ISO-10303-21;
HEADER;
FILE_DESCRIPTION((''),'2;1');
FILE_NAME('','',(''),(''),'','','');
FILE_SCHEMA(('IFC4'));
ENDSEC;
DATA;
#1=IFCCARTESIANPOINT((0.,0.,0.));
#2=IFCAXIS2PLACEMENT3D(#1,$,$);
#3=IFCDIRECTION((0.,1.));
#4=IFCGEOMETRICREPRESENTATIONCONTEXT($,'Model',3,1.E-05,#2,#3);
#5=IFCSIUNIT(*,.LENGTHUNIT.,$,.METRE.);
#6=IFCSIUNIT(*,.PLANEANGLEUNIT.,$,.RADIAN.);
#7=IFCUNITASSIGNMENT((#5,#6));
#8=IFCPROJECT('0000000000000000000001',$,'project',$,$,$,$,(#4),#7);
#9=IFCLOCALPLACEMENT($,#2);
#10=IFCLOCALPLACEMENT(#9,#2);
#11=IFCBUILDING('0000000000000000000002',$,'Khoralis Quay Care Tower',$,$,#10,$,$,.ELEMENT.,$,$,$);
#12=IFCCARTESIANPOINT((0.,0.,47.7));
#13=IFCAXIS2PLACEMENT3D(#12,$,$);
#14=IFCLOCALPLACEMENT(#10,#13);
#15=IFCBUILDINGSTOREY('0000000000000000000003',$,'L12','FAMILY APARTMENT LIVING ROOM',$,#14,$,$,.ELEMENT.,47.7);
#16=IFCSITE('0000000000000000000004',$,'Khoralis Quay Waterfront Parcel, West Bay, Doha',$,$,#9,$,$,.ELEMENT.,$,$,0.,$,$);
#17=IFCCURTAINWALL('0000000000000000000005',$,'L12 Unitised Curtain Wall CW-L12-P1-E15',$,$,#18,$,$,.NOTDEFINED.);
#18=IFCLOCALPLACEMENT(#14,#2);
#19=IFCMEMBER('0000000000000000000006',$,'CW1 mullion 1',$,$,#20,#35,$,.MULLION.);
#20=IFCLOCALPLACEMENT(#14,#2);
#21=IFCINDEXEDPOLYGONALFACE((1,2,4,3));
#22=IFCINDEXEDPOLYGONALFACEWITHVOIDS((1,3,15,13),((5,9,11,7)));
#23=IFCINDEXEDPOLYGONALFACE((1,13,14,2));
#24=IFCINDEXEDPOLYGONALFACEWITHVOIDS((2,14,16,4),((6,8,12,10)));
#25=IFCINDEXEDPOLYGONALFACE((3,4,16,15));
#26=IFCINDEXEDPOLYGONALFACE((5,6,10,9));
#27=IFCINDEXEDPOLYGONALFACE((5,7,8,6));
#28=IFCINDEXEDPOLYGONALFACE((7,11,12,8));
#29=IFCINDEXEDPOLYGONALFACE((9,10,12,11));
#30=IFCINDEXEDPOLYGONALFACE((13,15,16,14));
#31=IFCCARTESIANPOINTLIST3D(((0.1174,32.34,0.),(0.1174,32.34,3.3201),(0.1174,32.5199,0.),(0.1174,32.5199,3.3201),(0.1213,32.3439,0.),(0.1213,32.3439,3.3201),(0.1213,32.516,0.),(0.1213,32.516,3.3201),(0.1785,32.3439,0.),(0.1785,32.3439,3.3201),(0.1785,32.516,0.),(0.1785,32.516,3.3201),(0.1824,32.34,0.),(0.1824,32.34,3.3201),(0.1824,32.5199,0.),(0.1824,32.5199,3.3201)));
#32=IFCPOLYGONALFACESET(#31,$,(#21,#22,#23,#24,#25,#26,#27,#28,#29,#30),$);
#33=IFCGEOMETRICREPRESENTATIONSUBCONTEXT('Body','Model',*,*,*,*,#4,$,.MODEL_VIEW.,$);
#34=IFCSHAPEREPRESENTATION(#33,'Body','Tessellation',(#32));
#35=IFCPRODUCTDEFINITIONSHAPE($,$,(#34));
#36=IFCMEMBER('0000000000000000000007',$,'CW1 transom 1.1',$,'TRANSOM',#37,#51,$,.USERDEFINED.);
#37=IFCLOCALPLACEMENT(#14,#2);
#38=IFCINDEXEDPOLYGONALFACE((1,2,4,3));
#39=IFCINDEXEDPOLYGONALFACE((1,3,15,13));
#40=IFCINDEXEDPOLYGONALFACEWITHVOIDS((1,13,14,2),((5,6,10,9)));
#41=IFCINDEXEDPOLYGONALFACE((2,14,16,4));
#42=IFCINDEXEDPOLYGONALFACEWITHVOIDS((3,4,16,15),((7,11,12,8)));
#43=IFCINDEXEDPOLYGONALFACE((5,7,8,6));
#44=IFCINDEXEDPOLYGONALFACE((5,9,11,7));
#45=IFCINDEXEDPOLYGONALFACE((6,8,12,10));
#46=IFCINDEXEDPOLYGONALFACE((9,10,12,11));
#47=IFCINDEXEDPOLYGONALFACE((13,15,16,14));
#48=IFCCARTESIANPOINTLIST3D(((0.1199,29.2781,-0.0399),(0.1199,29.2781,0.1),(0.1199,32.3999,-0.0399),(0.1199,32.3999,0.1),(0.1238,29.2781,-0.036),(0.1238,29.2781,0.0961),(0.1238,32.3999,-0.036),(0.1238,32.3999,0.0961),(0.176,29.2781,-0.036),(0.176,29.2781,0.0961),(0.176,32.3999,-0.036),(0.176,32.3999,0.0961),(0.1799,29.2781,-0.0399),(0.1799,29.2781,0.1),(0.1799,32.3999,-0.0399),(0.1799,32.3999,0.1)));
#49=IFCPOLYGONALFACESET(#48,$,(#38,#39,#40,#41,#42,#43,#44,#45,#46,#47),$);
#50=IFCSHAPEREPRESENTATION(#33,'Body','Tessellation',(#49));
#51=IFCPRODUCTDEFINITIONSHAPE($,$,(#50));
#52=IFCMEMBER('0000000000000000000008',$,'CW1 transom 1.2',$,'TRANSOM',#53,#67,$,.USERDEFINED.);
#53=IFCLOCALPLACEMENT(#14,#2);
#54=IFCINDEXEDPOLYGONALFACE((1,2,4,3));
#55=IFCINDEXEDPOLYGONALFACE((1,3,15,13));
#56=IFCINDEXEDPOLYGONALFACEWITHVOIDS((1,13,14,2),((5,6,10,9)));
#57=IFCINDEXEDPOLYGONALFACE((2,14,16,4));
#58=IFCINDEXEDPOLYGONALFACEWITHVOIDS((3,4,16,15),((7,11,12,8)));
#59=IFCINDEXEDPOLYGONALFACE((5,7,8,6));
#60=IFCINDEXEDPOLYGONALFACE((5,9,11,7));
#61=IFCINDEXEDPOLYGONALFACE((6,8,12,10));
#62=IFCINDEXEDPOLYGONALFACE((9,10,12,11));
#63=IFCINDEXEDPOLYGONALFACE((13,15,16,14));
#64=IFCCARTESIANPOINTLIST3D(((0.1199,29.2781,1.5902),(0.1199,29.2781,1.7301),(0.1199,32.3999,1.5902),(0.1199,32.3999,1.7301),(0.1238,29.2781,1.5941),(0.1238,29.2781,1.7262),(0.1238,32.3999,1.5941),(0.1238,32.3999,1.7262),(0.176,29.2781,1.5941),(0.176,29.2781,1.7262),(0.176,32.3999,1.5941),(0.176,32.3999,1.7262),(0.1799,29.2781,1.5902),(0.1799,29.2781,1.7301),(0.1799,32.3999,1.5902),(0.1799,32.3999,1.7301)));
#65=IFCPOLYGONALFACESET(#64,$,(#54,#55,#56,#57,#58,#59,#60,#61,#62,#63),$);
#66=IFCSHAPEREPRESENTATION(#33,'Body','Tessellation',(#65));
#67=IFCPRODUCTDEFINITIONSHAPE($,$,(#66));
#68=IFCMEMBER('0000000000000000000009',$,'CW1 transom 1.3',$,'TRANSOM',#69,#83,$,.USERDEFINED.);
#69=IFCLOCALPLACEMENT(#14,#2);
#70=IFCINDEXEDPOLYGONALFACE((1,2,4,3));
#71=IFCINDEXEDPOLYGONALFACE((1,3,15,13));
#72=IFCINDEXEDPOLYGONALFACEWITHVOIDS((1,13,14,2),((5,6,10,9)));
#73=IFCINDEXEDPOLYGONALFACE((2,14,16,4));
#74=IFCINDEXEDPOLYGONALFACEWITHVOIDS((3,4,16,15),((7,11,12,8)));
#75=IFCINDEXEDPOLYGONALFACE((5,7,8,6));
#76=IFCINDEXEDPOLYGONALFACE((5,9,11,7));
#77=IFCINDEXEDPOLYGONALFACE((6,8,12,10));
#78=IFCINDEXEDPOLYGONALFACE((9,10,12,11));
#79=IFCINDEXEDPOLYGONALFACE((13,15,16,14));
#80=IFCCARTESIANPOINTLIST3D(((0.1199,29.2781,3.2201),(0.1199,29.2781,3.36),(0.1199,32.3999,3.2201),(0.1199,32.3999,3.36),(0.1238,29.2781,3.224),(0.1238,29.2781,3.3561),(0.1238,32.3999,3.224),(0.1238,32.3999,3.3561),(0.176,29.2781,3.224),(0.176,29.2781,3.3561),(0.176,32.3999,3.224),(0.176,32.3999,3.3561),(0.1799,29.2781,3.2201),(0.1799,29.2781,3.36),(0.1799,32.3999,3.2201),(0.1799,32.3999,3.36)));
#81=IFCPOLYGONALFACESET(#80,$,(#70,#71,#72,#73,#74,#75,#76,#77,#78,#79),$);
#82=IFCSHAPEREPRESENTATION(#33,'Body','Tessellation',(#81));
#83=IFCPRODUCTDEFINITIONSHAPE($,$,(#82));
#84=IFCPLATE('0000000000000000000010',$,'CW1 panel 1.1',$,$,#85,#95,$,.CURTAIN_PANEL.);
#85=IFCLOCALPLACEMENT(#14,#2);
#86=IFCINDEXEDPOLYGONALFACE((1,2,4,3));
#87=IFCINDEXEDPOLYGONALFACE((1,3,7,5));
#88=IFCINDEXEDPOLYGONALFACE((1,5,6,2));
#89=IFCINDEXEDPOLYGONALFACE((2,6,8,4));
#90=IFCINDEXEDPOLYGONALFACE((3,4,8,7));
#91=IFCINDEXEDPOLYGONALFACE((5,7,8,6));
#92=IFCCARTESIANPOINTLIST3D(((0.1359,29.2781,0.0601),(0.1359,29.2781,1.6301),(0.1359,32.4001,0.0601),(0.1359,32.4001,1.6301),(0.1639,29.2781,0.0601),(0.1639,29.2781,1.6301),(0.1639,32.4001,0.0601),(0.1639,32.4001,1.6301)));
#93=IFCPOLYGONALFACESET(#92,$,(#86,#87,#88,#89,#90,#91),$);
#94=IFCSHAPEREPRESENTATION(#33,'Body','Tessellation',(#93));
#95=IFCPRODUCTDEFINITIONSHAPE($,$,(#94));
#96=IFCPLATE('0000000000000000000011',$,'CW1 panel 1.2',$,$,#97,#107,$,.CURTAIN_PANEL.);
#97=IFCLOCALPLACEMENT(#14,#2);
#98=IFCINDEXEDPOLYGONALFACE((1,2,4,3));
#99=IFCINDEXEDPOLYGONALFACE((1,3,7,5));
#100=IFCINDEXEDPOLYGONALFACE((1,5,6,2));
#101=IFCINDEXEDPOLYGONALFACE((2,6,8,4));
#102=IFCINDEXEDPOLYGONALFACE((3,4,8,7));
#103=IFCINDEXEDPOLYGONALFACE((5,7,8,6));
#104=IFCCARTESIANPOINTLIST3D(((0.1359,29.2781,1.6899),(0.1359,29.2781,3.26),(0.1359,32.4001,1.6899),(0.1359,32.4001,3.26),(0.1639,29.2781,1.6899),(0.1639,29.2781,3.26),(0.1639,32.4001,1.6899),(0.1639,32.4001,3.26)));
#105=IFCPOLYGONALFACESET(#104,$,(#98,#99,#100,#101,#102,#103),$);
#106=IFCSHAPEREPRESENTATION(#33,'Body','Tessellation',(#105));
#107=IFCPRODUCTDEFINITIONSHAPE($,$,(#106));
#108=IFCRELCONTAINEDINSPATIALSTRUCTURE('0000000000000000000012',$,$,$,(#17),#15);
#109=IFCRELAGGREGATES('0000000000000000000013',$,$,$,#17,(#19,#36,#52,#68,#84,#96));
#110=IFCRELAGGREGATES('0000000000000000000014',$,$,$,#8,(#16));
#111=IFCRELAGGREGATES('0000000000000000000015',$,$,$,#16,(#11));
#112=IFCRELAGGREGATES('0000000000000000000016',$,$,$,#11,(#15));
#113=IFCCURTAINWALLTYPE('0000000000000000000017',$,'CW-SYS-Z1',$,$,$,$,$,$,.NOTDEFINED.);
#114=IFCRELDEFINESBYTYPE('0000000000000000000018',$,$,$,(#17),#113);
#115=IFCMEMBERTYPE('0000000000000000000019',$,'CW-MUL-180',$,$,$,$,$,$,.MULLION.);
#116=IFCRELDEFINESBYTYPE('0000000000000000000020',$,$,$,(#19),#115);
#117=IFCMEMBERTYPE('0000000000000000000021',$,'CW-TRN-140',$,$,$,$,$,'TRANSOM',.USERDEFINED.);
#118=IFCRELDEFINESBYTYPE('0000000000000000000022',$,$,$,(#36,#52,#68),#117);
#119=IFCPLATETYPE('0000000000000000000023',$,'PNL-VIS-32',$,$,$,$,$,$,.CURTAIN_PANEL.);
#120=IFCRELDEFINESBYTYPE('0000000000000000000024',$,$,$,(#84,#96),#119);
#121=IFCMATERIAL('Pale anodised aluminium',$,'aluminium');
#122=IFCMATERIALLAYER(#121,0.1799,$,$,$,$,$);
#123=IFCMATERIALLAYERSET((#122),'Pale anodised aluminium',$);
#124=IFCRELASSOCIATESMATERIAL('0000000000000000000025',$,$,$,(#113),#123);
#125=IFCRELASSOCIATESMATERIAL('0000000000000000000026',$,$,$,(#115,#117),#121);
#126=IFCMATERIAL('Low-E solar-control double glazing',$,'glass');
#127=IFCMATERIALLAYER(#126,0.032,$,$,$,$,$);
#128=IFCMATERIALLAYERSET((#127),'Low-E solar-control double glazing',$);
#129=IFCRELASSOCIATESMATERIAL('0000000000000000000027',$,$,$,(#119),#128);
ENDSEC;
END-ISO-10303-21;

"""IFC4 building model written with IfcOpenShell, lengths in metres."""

from ifc_helpers import new_model, si_unit, direction, frame, origin, origin_2d, place, context, subcontext, project, spatial, rectangle, hollow_rectangle, extrude, source, transform, mapped, material, layer, layer_set, material_profile, profile_set, type_object, element, aggregate, save


model = new_model("IFC4")

# Units and contexts
model_context = context("Model", 3, precision=1e-05, world=origin(), true_north=direction((0.0, 1.0)))
body_context = subcontext(model_context, "Body", "Model", "MODEL_VIEW")
ifc_project = project(units=[si_unit("LENGTHUNIT", "METRE"), si_unit("PLANEANGLEUNIT", "RADIAN")], contexts=[model_context])

# Site, building, storey
site_placement = place(None, origin())
site = spatial("IfcSite", under=ifc_project, at=site_placement, Name="Khoralis Quay Waterfront Parcel, West Bay, Doha", CompositionType="ELEMENT", RefElevation=0.0)
building_placement = place(site_placement, origin())
building = spatial("IfcBuilding", under=site, at=building_placement, Name="Khoralis Quay Care Tower", CompositionType="ELEMENT")
storey_placement = place(building_placement, frame((0.0, 0.0, 47.7)))
storey = spatial("IfcBuildingStorey", under=building, at=storey_placement, Name="L12", Description="FAMILY APARTMENT LIVING ROOM", CompositionType="ELEMENT", Elevation=47.7)

# Curtain wall, members, plates
ifc_material_1 = material(Name="Pale anodised aluminium", Category="aluminium")
ifc_layer_1 = layer(ifc_material_1, 0.1799)
ifc_layer_set_1 = layer_set([ifc_layer_1], Name="Pale anodised aluminium")
curtain_wall_type = type_object("IfcCurtainWallType", Name="CW-SYS-Z1", PredefinedType="NOTDEFINED", material=ifc_layer_set_1)
curtain_wall_placement = place(storey_placement, origin())
curtain_wall = element("IfcCurtainWall", 1, at=curtain_wall_placement, inside=storey, type_object=curtain_wall_type, Name="L12 Unitised Curtain Wall CW-L12-P1-E15", PredefinedType="NOTDEFINED")
ifc_material_profile_1 = material_profile(ifc_material_1, hollow_rectangle(XDim=0.0649, YDim=0.1799, WallThickness=0.0039, at=origin_2d()), Name="Pale anodised aluminium")
ifc_profile_set_1 = profile_set([ifc_material_profile_1], Name="Pale anodised aluminium")
member_type_1 = type_object("IfcMemberType", Name="CW-MUL-180", PredefinedType="MULLION", material=ifc_profile_set_1)
shared_shape_1 = source(origin(), body_context, "Body", "SweptSolid", [
    extrude(hollow_rectangle(XDim=0.0649, YDim=0.1799, WallThickness=0.0039, at=origin_2d()), origin(), (0.0, 0.0, 1.0), 3.3201),
])
member_1_placement = place(storey_placement, frame((0.1499, 32.4299, 0.0), z_axis=(0.0, 0.0, 1.0), x_axis=(1.0, 0.0, 0.0)))
member_1 = element("IfcMember", 2, at=member_1_placement, type_object=member_type_1, Name="CW1 mullion 1", PredefinedType="MULLION", context=body_context, shape_type="MappedRepresentation", body=[
    mapped(shared_shape_1, transform((0.0, 0.0, 0.0), scale=1.0)),
])
ifc_material_profile_2 = material_profile(ifc_material_1, hollow_rectangle(XDim=0.0601, YDim=0.1399, WallThickness=0.0039, at=origin_2d()), Name="Pale anodised aluminium")
ifc_profile_set_2 = profile_set([ifc_material_profile_2], Name="Pale anodised aluminium")
member_type_2 = type_object("IfcMemberType", Name="CW-TRN-140", ElementType="TRANSOM", PredefinedType="USERDEFINED", material=ifc_profile_set_2)
shared_shape_2 = source(origin(), body_context, "Body", "SweptSolid", [
    extrude(hollow_rectangle(XDim=0.0601, YDim=0.1399, WallThickness=0.0039, at=origin_2d()), origin(), (0.0, 0.0, 1.0), 3.1218),
])
member_2_placement = place(storey_placement, frame((0.1499, 32.3999, 0.03), z_axis=(0.0, -1.0, 0.0), x_axis=(1.0, 0.0, 0.0)))
member_2 = element("IfcMember", 3, at=member_2_placement, type_object=member_type_2, Name="CW1 transom 1.1", ObjectType="TRANSOM", PredefinedType="USERDEFINED", context=body_context, shape_type="MappedRepresentation", body=[
    mapped(shared_shape_2, transform((0.0, 0.0, 0.0), scale=1.0)),
])
member_3_placement = place(storey_placement, frame((0.1499, 32.3999, 1.6602), z_axis=(0.0, -1.0, 0.0), x_axis=(1.0, 0.0, 0.0)))
member_3 = element("IfcMember", 4, at=member_3_placement, type_object=member_type_2, Name="CW1 transom 1.2", ObjectType="TRANSOM", PredefinedType="USERDEFINED", context=body_context, shape_type="MappedRepresentation", body=[
    mapped(shared_shape_2, transform((0.0, 0.0, 0.0), scale=1.0)),
])
member_4_placement = place(storey_placement, frame((0.1499, 32.3999, 3.29), z_axis=(0.0, -1.0, 0.0), x_axis=(1.0, 0.0, 0.0)))
member_4 = element("IfcMember", 5, at=member_4_placement, type_object=member_type_2, Name="CW1 transom 1.3", ObjectType="TRANSOM", PredefinedType="USERDEFINED", context=body_context, shape_type="MappedRepresentation", body=[
    mapped(shared_shape_2, transform((0.0, 0.0, 0.0), scale=1.0)),
])
ifc_material_2 = material(Name="Low-E solar-control double glazing", Category="glass")
ifc_layer_2 = layer(ifc_material_2, 0.032)
ifc_layer_set_2 = layer_set([ifc_layer_2], Name="Low-E solar-control double glazing")
plate_type = type_object("IfcPlateType", Name="PNL-VIS-32", PredefinedType="CURTAIN_PANEL", material=ifc_layer_set_2)
shared_shape_3 = source(origin(), body_context, "Body", "SweptSolid", [
    extrude(rectangle(XDim=3.1221, YDim=0.0281, at=origin_2d()), origin(), (0.0, 0.0, 1.0), 1.5701),
])
plate_1_placement = place(storey_placement, frame((0.1499, 30.8391, 0.0601), z_axis=(0.0, 0.0, 1.0), x_axis=(0.0, -1.0, 0.0)))
plate_1 = element("IfcPlate", 6, at=plate_1_placement, type_object=plate_type, Name="CW1 panel 1.1", PredefinedType="CURTAIN_PANEL", context=body_context, shape_type="MappedRepresentation", body=[
    mapped(shared_shape_3, transform((0.0, 0.0, 0.0), scale=1.0)),
])
plate_2_placement = place(storey_placement, frame((0.1499, 30.8391, 1.6899), z_axis=(0.0, 0.0, 1.0), x_axis=(0.0, -1.0, 0.0)))
plate_2 = element("IfcPlate", 7, at=plate_2_placement, type_object=plate_type, Name="CW1 panel 1.2", PredefinedType="CURTAIN_PANEL", context=body_context, shape_type="MappedRepresentation", body=[
    mapped(shared_shape_3, transform((0.0, 0.0, 0.0), scale=1.0)),
])
aggregate(curtain_wall, [member_1, member_2, member_3, member_4, plate_1, plate_2])

save(model, "model.ifc")
